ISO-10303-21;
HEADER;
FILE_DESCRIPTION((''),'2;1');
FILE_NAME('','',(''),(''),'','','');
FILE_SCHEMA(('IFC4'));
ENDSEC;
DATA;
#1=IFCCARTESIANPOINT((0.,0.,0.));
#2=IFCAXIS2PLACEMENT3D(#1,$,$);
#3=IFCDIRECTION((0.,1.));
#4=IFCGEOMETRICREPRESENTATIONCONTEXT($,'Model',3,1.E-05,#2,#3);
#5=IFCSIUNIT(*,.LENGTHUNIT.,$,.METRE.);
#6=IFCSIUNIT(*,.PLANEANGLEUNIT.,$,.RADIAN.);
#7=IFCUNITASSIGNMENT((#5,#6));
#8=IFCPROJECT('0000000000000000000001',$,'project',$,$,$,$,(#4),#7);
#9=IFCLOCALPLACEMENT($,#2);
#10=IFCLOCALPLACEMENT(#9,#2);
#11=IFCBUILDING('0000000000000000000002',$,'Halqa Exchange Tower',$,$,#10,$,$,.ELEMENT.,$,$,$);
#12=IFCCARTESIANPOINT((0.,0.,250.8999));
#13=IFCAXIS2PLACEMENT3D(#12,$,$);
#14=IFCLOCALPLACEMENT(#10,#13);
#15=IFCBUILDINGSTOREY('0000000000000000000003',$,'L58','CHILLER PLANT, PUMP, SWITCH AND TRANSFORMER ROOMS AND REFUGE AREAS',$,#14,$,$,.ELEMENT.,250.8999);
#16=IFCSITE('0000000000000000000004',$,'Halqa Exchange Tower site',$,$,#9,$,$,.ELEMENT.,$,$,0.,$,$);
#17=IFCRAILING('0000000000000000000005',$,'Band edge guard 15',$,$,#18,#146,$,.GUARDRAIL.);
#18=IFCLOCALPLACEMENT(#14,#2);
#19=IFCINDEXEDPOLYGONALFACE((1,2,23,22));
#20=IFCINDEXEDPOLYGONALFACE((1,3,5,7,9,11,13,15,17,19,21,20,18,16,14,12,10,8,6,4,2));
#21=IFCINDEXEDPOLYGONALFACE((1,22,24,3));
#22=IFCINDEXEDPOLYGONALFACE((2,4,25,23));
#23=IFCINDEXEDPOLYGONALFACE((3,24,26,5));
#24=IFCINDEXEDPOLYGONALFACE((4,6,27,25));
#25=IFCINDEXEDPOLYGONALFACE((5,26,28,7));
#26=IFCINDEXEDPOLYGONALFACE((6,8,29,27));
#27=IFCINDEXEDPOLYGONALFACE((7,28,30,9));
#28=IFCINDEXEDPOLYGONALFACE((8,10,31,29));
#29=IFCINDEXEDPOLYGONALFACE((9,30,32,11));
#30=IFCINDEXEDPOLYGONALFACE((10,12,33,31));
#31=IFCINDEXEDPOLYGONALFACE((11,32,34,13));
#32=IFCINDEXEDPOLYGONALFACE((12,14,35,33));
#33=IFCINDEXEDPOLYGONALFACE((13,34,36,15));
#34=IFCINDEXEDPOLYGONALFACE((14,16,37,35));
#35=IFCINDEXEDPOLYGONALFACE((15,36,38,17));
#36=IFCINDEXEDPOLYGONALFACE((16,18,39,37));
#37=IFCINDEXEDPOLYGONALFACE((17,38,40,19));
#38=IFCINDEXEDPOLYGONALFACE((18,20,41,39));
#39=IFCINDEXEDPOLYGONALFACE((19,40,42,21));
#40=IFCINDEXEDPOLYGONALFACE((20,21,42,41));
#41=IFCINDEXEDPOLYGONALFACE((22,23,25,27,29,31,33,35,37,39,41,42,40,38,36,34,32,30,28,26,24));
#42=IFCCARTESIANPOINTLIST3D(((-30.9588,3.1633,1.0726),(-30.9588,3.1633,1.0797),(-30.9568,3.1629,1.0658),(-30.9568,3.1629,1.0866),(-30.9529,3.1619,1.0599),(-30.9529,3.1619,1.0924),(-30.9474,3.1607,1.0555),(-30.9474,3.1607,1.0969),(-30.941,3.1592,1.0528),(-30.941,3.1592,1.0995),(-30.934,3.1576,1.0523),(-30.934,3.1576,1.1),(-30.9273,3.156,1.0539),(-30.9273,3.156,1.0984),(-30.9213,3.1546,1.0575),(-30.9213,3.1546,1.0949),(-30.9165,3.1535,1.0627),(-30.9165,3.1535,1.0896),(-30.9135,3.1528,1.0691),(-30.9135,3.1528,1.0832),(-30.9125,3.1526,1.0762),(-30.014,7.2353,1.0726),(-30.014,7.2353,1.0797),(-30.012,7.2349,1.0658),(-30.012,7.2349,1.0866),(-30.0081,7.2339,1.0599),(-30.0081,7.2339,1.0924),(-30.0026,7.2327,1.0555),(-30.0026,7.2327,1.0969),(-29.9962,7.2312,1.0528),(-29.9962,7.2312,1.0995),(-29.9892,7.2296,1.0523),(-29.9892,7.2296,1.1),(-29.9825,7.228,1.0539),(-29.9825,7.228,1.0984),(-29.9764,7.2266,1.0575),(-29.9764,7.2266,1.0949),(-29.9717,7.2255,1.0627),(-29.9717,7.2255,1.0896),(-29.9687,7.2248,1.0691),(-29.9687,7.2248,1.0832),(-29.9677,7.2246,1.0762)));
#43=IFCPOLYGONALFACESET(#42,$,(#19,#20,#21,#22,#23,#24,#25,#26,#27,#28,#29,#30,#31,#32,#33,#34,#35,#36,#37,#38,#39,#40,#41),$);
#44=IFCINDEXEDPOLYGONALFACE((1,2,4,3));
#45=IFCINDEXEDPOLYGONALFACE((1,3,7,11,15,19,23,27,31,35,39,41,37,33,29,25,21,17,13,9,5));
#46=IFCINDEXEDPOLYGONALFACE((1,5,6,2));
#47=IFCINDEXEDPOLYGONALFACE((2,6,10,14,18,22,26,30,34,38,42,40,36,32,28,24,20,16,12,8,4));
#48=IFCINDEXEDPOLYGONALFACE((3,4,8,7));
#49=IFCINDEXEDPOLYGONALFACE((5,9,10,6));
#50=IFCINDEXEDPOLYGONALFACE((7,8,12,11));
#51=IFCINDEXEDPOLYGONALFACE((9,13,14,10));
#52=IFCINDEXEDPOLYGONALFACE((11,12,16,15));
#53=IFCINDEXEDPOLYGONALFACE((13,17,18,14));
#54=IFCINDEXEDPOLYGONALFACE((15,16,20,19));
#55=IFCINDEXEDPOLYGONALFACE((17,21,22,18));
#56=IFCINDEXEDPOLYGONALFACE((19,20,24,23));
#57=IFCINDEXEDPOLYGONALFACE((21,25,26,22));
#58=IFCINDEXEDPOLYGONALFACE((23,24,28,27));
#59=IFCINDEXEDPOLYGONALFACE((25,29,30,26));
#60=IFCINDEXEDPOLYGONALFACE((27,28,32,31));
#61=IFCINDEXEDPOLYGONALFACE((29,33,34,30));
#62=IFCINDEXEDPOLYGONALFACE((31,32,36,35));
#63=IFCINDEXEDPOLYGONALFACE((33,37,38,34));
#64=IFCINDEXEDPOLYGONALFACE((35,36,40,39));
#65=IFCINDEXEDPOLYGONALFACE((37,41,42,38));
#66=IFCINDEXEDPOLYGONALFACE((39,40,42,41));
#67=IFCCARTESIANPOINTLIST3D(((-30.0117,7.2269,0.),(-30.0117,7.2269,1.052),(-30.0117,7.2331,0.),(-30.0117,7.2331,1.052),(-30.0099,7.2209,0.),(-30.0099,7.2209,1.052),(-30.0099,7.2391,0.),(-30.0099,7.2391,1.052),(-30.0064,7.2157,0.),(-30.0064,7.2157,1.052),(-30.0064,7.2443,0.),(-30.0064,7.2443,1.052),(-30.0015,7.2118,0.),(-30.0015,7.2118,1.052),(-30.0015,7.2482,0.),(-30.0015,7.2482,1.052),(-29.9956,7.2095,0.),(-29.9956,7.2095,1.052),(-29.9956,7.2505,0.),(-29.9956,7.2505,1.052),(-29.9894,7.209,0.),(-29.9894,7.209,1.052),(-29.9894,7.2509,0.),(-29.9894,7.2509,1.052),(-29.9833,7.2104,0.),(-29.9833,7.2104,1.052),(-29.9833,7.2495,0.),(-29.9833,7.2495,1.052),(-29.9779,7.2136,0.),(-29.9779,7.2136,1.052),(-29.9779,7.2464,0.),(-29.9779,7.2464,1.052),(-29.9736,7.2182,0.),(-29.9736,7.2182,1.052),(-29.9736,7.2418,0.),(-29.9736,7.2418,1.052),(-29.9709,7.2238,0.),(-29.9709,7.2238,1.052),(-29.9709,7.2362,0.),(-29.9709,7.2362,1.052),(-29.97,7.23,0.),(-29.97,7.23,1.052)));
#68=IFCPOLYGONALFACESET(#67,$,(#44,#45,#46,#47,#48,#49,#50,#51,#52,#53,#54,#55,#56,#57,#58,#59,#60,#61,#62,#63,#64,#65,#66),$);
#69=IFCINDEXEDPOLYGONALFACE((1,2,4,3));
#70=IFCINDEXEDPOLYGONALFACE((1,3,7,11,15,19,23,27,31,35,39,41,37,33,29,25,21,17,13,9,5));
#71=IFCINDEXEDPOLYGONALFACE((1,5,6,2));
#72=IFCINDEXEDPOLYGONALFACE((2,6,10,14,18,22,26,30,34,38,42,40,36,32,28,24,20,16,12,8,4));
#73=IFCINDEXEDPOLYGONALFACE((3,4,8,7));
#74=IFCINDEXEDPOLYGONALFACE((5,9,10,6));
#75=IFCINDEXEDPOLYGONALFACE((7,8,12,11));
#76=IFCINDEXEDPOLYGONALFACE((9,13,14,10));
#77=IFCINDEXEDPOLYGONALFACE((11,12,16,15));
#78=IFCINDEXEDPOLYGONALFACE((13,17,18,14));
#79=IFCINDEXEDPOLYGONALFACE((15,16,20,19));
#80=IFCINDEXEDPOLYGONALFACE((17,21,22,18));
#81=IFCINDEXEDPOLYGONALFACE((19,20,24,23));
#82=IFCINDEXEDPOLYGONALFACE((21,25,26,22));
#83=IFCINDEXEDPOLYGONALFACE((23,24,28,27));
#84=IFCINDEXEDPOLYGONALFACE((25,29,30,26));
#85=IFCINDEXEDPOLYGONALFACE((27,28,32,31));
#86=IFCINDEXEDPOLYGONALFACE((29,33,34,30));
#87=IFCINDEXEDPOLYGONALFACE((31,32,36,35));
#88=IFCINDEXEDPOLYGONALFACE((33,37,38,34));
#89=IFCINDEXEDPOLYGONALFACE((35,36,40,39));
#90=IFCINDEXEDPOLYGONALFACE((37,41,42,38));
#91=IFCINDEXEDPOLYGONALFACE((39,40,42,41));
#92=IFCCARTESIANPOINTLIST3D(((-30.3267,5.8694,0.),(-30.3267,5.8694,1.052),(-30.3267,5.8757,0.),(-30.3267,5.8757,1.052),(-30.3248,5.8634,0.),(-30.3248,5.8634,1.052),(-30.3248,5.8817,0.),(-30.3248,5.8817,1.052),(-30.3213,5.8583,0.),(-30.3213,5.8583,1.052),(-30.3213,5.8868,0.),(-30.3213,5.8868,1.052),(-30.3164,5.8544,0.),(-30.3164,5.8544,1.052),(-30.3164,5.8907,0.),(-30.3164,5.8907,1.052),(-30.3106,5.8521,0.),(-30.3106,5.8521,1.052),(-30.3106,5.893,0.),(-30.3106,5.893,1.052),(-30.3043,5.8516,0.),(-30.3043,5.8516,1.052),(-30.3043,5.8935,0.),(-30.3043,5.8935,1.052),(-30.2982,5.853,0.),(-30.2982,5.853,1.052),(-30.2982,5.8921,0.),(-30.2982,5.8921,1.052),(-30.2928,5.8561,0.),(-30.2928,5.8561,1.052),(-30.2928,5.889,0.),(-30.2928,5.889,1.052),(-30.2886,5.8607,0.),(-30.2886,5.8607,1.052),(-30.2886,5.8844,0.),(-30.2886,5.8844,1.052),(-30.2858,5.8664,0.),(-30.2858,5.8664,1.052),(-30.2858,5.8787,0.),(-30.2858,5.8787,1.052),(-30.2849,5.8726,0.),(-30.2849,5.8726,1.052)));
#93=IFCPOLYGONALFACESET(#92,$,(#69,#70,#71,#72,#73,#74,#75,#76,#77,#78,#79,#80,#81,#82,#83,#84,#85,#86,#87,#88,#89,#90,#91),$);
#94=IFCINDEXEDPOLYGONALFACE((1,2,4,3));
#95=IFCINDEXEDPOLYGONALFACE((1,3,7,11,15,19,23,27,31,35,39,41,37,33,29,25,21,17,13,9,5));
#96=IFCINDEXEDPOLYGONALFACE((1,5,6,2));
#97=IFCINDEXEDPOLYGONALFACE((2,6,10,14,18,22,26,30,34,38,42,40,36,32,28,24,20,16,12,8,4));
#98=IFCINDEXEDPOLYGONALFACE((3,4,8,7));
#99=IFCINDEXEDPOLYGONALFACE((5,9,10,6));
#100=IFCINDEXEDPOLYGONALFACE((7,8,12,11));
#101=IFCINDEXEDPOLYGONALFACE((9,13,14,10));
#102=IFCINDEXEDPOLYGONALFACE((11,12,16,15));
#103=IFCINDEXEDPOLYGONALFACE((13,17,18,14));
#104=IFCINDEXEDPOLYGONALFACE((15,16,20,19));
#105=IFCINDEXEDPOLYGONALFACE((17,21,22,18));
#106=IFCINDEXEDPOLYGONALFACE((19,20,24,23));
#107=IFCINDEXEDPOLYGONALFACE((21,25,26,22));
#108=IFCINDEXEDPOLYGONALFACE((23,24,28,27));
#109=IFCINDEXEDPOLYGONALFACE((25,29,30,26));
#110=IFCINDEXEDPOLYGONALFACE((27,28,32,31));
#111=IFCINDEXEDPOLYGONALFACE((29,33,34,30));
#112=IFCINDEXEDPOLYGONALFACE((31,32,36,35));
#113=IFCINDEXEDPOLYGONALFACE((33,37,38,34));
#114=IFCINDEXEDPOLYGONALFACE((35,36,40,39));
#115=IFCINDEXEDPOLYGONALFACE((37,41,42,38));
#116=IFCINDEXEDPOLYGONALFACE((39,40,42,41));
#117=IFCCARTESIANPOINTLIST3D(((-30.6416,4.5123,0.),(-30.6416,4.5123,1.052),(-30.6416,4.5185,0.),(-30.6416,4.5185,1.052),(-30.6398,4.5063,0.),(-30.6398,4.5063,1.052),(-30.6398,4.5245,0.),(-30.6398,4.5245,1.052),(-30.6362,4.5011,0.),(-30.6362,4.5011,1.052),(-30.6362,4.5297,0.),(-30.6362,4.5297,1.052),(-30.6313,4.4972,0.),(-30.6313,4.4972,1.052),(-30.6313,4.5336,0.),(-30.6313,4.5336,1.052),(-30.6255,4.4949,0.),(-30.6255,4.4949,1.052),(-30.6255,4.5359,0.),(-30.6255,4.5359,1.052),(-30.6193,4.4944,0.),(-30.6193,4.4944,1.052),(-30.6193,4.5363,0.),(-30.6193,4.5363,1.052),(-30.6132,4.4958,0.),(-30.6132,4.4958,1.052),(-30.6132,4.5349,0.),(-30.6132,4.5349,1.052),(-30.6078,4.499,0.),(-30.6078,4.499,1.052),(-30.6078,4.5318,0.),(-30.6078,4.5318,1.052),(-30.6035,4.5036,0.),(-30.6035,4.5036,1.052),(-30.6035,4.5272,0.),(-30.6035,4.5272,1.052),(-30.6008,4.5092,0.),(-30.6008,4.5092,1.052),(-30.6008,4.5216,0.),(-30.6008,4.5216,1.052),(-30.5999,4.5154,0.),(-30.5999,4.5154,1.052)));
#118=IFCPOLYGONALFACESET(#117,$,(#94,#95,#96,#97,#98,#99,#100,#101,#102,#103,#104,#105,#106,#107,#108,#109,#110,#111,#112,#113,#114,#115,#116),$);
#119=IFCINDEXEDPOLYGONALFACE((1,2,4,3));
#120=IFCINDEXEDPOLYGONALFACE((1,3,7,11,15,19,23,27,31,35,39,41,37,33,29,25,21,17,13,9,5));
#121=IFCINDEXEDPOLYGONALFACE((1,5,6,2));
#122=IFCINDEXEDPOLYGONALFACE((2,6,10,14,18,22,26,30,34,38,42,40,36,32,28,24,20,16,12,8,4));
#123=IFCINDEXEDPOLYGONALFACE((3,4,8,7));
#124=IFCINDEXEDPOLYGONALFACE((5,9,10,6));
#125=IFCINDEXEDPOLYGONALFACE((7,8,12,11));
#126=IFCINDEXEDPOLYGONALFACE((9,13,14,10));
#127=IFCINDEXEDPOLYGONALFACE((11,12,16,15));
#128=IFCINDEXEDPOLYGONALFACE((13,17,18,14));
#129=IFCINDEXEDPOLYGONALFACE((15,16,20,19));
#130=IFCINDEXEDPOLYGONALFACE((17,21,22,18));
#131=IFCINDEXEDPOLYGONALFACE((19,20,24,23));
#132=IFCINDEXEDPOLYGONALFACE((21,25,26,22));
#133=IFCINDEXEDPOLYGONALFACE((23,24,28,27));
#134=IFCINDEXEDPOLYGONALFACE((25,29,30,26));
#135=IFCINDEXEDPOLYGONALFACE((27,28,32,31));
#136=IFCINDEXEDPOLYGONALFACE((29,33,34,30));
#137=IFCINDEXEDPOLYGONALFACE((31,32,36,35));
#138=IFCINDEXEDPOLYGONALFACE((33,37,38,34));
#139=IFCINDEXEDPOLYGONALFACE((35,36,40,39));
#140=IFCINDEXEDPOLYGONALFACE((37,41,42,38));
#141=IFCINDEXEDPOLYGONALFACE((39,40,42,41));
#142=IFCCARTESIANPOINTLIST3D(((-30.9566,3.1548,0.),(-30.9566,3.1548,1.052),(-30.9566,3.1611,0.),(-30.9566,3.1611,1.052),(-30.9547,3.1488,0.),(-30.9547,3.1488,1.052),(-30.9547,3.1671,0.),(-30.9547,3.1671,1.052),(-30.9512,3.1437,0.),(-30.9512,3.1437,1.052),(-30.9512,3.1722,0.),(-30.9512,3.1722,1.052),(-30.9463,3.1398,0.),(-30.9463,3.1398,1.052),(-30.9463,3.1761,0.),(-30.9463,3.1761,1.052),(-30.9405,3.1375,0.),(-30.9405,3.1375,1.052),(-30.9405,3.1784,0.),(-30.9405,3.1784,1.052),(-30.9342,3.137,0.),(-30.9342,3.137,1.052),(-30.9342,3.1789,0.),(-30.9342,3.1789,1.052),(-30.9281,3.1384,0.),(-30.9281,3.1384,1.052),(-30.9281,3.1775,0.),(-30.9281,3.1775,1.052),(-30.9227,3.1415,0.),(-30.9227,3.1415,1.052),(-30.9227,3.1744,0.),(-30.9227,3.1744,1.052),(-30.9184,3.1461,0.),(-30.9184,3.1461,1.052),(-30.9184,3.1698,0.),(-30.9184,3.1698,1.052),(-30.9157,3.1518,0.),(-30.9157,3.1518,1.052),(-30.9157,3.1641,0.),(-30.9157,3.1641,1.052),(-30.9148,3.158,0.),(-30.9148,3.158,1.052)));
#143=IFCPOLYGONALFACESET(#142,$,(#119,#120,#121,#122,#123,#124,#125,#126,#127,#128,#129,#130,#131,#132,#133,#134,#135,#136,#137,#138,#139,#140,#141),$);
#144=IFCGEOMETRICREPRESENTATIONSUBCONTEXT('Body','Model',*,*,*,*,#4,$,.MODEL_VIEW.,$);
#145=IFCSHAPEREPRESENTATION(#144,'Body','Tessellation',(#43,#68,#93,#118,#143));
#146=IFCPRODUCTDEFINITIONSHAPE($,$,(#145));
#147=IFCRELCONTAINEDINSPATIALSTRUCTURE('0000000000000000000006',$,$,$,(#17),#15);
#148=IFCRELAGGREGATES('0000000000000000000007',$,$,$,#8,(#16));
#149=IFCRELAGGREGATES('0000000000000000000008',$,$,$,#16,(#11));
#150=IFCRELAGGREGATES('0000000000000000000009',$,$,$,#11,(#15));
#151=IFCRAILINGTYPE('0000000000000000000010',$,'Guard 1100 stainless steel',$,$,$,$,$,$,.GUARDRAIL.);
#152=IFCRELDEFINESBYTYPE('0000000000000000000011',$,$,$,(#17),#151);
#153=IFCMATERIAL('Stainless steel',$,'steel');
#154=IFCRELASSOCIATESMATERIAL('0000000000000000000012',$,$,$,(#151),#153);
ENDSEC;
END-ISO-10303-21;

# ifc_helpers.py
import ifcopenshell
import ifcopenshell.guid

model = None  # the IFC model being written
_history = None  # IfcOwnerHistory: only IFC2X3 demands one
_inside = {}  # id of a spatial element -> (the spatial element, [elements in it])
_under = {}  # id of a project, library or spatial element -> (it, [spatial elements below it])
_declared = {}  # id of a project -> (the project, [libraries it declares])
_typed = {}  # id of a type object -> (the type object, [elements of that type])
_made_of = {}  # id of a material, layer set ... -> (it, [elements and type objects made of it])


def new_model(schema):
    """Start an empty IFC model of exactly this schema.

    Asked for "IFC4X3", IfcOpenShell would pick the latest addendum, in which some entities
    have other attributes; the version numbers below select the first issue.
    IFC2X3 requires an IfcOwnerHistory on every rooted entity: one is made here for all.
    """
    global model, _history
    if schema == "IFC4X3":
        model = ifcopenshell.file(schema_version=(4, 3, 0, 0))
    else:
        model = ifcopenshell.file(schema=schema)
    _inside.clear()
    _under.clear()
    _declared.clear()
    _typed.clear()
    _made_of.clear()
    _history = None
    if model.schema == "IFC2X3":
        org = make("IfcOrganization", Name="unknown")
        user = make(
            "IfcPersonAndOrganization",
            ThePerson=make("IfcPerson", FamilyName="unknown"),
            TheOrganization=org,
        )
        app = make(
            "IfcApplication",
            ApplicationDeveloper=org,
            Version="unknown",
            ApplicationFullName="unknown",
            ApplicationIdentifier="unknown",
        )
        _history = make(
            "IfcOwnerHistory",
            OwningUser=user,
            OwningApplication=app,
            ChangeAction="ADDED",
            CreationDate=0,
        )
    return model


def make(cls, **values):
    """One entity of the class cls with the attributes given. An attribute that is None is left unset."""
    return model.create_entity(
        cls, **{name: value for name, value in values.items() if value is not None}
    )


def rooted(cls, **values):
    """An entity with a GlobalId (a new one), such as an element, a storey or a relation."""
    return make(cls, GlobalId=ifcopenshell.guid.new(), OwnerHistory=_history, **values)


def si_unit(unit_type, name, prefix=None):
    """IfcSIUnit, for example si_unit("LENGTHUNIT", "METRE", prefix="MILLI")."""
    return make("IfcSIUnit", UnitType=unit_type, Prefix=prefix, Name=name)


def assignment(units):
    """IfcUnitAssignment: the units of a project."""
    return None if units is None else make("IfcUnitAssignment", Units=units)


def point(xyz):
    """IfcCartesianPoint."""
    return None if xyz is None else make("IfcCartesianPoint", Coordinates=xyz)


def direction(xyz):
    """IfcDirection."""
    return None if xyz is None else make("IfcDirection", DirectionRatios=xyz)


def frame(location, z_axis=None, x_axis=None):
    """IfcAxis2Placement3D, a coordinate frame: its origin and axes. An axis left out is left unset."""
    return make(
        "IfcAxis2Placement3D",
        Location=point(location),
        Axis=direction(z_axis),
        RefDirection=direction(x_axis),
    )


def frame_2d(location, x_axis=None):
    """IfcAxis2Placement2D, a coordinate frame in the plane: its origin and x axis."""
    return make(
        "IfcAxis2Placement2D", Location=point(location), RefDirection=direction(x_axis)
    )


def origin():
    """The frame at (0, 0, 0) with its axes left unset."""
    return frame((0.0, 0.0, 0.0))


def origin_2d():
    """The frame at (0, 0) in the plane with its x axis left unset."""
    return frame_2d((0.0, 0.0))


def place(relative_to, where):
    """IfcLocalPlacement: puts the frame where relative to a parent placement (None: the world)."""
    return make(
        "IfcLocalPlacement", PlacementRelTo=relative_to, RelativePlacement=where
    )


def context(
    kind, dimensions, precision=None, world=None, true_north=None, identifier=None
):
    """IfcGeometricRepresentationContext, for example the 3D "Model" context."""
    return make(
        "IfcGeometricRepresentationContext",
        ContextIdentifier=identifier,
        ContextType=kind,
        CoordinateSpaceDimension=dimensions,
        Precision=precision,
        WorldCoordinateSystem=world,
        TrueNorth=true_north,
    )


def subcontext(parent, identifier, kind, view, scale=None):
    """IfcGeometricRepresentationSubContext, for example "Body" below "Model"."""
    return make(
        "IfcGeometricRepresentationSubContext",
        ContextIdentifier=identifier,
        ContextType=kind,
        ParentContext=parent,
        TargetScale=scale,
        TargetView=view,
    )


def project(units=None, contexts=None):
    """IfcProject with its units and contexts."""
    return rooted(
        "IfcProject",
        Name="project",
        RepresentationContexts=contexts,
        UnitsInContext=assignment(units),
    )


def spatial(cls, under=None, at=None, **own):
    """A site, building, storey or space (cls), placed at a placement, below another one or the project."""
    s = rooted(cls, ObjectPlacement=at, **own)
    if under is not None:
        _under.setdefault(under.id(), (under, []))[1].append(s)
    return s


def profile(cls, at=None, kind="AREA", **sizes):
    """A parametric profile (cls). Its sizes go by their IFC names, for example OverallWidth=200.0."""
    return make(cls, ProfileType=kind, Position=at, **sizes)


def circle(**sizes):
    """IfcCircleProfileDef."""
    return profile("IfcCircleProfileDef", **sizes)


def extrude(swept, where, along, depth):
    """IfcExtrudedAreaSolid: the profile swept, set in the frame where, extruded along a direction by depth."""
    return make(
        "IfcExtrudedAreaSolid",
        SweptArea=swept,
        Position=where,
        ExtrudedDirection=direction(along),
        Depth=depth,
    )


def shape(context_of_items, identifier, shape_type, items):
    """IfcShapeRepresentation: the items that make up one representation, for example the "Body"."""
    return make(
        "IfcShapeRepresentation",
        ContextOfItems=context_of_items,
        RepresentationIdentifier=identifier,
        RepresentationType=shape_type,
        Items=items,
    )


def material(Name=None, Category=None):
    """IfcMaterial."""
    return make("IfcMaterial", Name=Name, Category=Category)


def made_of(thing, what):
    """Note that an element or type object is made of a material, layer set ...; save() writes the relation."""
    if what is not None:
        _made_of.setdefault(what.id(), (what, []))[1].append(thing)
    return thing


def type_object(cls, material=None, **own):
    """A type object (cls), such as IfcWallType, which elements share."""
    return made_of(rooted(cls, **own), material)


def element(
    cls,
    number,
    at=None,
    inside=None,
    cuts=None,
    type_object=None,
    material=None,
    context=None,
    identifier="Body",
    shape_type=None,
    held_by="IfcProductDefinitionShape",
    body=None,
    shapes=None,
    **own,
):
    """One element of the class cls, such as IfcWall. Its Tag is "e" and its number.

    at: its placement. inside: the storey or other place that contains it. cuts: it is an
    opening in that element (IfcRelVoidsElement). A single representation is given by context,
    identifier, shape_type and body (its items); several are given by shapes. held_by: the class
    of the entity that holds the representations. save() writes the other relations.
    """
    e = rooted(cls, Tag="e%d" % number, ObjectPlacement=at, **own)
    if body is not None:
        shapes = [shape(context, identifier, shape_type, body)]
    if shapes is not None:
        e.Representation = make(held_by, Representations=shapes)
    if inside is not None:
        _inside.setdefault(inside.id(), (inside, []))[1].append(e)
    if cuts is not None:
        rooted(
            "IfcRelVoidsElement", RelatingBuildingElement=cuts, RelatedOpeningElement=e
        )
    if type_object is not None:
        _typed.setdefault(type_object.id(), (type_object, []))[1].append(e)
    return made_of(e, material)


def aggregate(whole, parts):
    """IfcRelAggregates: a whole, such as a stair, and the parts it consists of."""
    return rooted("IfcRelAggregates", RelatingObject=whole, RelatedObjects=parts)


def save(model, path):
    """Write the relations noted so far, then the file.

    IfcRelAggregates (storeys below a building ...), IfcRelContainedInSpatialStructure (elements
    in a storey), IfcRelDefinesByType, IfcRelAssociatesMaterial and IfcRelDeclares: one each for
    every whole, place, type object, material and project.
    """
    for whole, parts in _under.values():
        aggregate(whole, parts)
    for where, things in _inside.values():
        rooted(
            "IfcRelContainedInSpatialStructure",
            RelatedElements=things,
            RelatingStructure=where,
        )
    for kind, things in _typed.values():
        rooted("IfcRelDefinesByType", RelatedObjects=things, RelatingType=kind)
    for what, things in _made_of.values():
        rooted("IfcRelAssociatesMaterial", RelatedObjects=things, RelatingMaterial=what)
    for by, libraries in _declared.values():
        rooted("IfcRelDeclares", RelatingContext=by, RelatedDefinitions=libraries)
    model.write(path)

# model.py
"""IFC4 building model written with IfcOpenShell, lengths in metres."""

from ifc_helpers import new_model, si_unit, direction, frame, origin, origin_2d, place, context, subcontext, project, spatial, circle, extrude, material, type_object, element, save


model = new_model("IFC4")

# Units and contexts
model_context = context("Model", 3, precision=1e-05, world=origin(), true_north=direction((0.0, 1.0)))
body_context = subcontext(model_context, "Body", "Model", "MODEL_VIEW")
ifc_project = project(units=[si_unit("LENGTHUNIT", "METRE"), si_unit("PLANEANGLEUNIT", "RADIAN")], contexts=[model_context])

# Site, building, storey
site_placement = place(None, origin())
site = spatial("IfcSite", under=ifc_project, at=site_placement, Name="Halqa Exchange Tower site", CompositionType="ELEMENT", RefElevation=0.0)
building_placement = place(site_placement, origin())
building = spatial("IfcBuilding", under=site, at=building_placement, Name="Halqa Exchange Tower", CompositionType="ELEMENT")
storey_placement = place(building_placement, frame((0.0, 0.0, 250.8999)))
storey = spatial("IfcBuildingStorey", under=building, at=storey_placement, Name="L58", Description="CHILLER PLANT, PUMP, SWITCH AND TRANSFORMER ROOMS AND REFUGE AREAS", CompositionType="ELEMENT", Elevation=250.8999)

# Railing
ifc_material_1 = material(Name="Stainless steel", Category="steel")
railing_type = type_object("IfcRailingType", Name="Guard 1100 stainless steel", PredefinedType="GUARDRAIL", material=ifc_material_1)
railing_1_placement = place(storey_placement, frame((-29.991, 7.23, 0.0)))
element("IfcRailing", 1, at=railing_1_placement, inside=storey, type_object=railing_type, Name="Band edge guard 15", PredefinedType="GUARDRAIL", context=body_context, shape_type="SweptSolid", body=[
    extrude(circle(Radius=0.0239, at=origin_2d()), frame((0.0, 0.0, 1.0762), z_axis=(-0.226024, -0.974122, 0.0), x_axis=(0.974122, -0.226024, 0.0)), (0.0, 0.0, 1.0), 4.1802),
    extrude(circle(Radius=0.021, at=origin_2d()), origin(), (0.0, 0.0, 1.0), 1.052),
    extrude(circle(Radius=0.021, at=origin_2d()), frame((-0.3149, -1.3574, 0.0)), (0.0, 0.0, 1.0), 1.052),
    extrude(circle(Radius=0.021, at=origin_2d()), frame((-0.6299, -2.7146, 0.0)), (0.0, 0.0, 1.0), 1.052),
    extrude(circle(Radius=0.021, at=origin_2d()), frame((-0.9448, -4.072, 0.0)), (0.0, 0.0, 1.0), 1.052),
])

save(model, "model.ifc")
